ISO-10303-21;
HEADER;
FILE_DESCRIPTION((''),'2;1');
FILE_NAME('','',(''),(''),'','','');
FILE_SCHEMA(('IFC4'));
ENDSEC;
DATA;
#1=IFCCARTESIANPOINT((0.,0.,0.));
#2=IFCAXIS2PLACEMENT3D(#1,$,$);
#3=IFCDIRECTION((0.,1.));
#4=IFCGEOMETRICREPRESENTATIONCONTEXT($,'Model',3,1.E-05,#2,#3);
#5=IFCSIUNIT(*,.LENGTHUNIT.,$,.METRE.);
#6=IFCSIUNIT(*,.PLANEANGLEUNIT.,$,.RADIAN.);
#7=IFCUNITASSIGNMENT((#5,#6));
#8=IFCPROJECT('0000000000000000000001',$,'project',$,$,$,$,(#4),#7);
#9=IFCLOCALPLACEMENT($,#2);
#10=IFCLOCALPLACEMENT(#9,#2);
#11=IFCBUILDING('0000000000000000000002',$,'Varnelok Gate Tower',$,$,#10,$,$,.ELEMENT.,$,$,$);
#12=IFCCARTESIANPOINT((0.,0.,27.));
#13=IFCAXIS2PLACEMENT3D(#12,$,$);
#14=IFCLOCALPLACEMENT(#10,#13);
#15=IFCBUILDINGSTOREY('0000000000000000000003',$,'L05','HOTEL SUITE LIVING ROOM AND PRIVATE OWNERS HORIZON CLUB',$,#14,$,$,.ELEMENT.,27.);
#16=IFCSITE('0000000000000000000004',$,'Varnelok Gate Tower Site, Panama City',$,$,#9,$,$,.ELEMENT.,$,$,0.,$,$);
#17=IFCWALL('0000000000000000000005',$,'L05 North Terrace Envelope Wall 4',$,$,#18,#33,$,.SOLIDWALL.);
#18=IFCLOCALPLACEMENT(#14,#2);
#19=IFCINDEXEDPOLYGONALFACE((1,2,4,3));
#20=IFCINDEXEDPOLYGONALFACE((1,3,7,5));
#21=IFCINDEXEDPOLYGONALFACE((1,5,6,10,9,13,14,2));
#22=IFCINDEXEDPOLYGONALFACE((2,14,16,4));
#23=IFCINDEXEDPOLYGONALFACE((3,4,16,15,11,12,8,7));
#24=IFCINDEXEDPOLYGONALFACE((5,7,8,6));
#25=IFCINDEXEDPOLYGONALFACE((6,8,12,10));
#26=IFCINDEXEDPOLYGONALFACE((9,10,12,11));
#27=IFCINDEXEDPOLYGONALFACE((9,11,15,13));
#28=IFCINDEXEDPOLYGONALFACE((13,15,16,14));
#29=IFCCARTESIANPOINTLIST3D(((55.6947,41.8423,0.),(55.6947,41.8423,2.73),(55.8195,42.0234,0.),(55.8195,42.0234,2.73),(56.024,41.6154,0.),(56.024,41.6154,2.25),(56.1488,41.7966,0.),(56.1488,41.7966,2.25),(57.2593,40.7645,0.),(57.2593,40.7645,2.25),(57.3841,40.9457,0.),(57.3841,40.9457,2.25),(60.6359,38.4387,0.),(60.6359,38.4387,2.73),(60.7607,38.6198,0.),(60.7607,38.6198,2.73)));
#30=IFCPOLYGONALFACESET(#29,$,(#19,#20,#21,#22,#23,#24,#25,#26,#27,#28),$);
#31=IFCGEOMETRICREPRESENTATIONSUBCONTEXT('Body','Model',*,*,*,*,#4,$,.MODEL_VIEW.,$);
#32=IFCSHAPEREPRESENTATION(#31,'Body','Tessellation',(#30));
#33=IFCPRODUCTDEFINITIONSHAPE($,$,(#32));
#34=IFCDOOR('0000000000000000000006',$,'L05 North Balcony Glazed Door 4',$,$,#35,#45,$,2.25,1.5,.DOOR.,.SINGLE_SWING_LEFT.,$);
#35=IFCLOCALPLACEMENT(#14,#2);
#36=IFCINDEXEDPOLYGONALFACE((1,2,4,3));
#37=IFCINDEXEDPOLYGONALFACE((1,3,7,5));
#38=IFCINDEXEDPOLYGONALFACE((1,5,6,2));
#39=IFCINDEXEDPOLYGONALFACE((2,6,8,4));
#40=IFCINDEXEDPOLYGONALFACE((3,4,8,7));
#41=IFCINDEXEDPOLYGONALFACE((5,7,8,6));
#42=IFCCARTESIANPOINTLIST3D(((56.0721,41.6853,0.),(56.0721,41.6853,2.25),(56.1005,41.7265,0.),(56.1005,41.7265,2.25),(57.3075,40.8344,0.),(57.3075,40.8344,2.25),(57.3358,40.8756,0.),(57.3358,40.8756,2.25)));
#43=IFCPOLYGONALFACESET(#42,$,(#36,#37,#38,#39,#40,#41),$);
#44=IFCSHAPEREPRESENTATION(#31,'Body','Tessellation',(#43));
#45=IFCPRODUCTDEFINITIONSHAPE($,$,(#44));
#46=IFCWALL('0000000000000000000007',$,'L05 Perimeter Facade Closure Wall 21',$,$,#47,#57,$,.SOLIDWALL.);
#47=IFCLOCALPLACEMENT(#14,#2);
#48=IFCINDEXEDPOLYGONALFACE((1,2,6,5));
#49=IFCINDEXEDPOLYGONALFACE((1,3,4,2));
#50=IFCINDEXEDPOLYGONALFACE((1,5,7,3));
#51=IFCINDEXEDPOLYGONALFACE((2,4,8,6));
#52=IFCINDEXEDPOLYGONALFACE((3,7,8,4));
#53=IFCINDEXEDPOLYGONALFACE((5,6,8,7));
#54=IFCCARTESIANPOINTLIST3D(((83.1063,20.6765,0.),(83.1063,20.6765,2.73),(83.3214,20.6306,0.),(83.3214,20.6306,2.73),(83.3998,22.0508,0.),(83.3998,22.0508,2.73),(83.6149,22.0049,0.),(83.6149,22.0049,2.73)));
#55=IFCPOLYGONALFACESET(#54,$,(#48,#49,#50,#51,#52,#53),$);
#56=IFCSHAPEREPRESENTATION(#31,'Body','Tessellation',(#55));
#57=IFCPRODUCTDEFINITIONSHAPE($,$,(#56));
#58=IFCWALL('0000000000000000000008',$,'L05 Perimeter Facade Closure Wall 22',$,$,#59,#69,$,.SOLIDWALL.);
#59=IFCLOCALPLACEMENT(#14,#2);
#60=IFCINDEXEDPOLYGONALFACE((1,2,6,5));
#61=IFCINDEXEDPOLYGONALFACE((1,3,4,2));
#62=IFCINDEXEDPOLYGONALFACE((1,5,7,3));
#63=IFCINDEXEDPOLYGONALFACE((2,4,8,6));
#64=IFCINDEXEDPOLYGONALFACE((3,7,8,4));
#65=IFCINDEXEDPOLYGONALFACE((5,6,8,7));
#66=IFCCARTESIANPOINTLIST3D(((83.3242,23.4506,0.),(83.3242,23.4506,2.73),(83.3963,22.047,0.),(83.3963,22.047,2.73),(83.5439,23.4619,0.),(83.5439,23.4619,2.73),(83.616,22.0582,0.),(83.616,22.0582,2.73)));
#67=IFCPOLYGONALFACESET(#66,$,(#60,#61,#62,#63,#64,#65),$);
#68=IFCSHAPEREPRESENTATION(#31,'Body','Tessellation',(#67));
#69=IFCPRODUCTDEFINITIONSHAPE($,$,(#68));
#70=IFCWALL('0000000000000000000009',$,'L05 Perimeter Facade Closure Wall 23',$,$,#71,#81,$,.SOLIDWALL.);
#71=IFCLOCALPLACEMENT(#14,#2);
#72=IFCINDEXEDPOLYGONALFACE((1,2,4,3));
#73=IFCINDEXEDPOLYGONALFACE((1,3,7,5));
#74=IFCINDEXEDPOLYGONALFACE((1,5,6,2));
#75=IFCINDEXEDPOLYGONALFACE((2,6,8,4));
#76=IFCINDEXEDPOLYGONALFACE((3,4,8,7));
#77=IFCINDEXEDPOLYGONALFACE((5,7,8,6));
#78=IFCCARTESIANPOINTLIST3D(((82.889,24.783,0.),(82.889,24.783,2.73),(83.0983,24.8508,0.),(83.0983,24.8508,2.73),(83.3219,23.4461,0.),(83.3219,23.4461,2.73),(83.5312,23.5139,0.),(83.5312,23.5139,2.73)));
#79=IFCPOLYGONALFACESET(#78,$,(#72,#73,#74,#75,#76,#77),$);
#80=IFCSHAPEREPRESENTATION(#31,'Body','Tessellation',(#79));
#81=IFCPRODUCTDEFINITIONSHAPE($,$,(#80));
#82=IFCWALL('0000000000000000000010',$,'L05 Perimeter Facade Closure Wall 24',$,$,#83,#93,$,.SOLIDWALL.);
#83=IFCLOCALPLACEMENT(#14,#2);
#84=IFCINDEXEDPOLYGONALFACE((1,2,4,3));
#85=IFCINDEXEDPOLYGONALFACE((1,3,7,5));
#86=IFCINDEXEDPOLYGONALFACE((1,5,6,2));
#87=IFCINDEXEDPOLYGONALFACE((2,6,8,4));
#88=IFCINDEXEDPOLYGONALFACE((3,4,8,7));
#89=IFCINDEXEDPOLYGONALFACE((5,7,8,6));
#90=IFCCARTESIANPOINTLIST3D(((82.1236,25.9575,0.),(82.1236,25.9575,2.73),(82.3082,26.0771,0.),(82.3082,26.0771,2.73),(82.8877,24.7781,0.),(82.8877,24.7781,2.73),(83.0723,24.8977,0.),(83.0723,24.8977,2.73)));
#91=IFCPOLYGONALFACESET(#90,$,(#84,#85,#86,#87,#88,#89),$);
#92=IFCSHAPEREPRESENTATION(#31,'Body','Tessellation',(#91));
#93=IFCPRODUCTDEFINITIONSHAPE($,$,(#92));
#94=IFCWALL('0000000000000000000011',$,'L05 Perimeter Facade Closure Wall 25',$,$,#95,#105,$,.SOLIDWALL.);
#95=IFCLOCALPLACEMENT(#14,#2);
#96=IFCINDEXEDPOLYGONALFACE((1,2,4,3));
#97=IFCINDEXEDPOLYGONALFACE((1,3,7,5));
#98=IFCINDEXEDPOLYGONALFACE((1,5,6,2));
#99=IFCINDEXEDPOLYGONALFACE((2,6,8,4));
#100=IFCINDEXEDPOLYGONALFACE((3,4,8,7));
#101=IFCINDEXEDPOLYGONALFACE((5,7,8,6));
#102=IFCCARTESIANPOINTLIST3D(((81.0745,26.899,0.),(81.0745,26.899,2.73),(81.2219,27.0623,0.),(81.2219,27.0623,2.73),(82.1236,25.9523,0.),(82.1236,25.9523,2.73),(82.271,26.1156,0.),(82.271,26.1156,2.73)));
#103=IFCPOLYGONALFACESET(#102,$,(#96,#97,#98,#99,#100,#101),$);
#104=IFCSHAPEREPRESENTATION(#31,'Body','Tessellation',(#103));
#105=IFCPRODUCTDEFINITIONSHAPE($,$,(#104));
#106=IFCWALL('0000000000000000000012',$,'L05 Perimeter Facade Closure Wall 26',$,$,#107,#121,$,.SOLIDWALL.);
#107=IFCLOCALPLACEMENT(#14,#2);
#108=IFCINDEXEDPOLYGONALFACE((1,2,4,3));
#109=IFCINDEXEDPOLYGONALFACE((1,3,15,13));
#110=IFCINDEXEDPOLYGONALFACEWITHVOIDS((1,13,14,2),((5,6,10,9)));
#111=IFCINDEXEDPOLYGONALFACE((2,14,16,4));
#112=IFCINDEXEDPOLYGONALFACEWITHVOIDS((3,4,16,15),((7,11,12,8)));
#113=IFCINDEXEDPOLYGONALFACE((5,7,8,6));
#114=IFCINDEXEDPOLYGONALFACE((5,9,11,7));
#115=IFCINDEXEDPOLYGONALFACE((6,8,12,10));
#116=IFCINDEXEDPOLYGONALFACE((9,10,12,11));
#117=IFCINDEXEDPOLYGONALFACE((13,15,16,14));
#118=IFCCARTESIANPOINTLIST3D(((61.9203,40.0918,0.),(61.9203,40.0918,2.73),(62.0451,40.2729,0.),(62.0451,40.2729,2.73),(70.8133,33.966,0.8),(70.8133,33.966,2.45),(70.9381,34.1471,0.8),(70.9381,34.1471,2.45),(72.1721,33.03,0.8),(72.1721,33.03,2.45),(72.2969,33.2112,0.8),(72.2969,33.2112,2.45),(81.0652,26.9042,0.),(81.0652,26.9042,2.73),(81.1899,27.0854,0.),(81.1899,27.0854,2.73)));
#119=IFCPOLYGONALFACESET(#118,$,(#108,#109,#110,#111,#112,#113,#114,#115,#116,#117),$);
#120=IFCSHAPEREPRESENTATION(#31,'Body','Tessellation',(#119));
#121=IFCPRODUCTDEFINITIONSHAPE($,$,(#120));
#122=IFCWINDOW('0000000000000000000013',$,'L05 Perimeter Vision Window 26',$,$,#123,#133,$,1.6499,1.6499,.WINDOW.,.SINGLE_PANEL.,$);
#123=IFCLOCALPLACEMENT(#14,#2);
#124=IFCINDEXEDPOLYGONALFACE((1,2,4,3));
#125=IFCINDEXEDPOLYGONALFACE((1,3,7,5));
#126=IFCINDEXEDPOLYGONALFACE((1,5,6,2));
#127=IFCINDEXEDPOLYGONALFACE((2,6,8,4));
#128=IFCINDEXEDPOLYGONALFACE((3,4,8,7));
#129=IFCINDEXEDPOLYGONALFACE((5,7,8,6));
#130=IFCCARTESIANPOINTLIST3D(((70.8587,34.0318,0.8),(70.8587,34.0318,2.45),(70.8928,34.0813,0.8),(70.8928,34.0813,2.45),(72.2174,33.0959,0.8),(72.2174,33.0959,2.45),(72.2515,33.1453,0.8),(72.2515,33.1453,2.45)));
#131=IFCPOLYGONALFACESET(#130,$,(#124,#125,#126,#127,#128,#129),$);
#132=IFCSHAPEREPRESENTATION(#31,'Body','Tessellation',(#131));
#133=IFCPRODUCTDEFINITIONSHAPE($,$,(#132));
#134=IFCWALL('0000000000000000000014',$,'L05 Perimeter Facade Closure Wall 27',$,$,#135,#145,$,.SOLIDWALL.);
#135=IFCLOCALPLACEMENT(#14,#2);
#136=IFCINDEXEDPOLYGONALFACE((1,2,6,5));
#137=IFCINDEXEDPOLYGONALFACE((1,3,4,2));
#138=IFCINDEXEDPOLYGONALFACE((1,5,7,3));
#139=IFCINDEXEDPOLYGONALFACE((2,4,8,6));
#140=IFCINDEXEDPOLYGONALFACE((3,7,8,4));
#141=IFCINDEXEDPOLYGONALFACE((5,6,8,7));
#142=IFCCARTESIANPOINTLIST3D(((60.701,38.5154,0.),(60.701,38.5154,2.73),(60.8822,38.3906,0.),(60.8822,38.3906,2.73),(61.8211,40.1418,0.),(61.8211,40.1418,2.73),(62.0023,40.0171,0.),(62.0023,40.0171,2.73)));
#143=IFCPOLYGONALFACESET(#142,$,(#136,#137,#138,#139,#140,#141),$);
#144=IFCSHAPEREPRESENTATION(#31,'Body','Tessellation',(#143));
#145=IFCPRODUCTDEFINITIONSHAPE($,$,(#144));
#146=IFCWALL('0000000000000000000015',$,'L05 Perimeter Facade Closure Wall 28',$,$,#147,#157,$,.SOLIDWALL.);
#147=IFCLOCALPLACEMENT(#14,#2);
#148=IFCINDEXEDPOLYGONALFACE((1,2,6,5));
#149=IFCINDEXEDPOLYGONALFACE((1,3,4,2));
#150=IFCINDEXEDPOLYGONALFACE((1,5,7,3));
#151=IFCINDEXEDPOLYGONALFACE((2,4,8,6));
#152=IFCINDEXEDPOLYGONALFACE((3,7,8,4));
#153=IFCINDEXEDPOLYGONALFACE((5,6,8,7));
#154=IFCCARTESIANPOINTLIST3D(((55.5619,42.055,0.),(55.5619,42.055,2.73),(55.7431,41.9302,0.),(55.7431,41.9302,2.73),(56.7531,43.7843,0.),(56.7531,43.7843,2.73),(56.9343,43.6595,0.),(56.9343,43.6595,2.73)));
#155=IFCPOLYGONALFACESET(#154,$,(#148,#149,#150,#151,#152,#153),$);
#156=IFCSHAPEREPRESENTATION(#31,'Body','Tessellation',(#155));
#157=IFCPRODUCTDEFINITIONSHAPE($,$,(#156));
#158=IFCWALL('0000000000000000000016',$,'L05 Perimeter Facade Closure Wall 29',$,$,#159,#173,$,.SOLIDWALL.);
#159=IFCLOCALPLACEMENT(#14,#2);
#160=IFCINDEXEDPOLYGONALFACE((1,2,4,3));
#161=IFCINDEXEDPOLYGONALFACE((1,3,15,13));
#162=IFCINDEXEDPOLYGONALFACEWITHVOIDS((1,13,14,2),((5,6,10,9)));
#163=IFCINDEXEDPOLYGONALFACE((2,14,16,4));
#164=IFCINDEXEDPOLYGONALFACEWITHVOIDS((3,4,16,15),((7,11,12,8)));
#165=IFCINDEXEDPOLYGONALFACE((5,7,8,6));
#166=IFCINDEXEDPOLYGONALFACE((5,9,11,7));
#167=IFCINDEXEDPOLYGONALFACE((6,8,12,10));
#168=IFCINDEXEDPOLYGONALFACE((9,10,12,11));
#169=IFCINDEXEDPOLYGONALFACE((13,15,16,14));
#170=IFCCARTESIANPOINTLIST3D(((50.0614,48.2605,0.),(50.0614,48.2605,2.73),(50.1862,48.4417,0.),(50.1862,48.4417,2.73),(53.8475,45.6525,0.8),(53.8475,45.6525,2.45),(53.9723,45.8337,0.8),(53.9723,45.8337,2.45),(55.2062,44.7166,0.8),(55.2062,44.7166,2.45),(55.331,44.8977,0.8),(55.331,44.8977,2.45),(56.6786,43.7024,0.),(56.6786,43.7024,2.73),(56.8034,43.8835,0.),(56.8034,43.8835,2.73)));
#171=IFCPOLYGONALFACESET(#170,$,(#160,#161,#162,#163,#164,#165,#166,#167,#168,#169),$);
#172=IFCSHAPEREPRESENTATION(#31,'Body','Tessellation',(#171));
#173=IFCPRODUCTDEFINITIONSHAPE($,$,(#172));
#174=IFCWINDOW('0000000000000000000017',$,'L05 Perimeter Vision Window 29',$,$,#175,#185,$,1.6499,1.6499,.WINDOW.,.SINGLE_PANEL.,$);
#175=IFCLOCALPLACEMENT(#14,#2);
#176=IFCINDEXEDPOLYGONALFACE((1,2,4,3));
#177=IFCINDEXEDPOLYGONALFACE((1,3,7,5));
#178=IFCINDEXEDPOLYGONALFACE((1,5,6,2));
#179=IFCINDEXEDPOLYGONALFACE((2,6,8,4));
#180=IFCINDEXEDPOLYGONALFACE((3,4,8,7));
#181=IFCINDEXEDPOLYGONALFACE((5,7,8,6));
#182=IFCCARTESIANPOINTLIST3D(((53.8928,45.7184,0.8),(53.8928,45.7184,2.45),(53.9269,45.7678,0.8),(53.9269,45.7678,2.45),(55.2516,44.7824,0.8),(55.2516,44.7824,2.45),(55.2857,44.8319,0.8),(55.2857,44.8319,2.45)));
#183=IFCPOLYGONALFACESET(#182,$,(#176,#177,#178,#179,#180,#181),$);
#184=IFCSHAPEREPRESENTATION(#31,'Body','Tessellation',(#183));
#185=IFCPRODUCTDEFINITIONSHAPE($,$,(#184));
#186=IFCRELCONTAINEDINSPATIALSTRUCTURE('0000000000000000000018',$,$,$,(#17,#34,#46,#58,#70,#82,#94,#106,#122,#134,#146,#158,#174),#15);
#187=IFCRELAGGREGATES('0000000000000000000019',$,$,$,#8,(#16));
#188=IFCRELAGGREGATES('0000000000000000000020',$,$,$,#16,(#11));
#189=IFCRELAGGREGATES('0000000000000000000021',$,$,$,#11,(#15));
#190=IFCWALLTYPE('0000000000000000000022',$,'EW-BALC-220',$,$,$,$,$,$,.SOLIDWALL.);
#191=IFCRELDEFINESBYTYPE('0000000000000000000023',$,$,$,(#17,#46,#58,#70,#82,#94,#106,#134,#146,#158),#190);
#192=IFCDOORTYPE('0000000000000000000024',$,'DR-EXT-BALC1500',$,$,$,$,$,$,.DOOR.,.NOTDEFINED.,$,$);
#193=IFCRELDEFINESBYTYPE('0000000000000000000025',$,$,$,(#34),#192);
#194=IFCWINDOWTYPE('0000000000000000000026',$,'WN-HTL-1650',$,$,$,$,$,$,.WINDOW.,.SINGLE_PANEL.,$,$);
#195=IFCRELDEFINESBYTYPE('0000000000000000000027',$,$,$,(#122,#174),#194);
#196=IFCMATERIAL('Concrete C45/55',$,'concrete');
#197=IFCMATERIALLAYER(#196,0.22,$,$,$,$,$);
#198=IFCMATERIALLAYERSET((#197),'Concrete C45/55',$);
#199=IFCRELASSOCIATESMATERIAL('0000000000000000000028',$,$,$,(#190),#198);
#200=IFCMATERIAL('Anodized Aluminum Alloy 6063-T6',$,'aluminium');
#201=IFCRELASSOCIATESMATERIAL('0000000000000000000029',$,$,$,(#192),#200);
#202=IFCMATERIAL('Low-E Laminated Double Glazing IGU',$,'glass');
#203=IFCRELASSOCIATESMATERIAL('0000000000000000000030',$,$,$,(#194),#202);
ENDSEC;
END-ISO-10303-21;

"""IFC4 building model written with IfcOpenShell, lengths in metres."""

from ifc_helpers import new_model, si_unit, direction, frame, frame_2d, origin, place, context, subcontext, project, spatial, rectangle, extrude, material, layer, layer_set, type_object, element, fill, save


model = new_model("IFC4")

# Units and contexts
model_context = context("Model", 3, precision=1e-05, world=origin(), true_north=direction((0.0, 1.0)))
body_context = subcontext(model_context, "Body", "Model", "MODEL_VIEW")
ifc_project = project(units=[si_unit("LENGTHUNIT", "METRE"), si_unit("PLANEANGLEUNIT", "RADIAN")], contexts=[model_context])

# Site, building, storey
site_placement = place(None, origin())
site = spatial("IfcSite", under=ifc_project, at=site_placement, Name="Varnelok Gate Tower Site, Panama City", CompositionType="ELEMENT", RefElevation=0.0)
building_placement = place(site_placement, origin())
building = spatial("IfcBuilding", under=site, at=building_placement, Name="Varnelok Gate Tower", CompositionType="ELEMENT")
storey_placement = place(building_placement, frame((0.0, 0.0, 27.0)))
storey = spatial("IfcBuildingStorey", under=building, at=storey_placement, Name="L05", Description="HOTEL SUITE LIVING ROOM AND PRIVATE OWNERS HORIZON CLUB", CompositionType="ELEMENT", Elevation=27.0)

# Wall, opening, door
ifc_material_1 = material(Name="Concrete C45/55", Category="concrete")
ifc_layer = layer(ifc_material_1, 0.22)
ifc_layer_set = layer_set([ifc_layer], Name="Concrete C45/55")
wall_type = type_object("IfcWallType", Name="EW-BALC-220", PredefinedType="SOLIDWALL", material=ifc_layer_set)
wall_1_placement = place(storey_placement, frame((55.7571, 41.9329, 0.0), z_axis=(0.0, 0.0, 1.0), x_axis=(0.823535, -0.567266, 0.0)))
wall_1 = element("IfcWall", 1, at=wall_1_placement, inside=storey, type_object=wall_type, Name="L05 North Terrace Envelope Wall 4", PredefinedType="SOLIDWALL", context=body_context, shape_type="SweptSolid", body=[
    extrude(rectangle(XDim=6.0, YDim=0.22, at=frame_2d((3.0, 0.0))), origin(), (0.0, 0.0, 1.0), 2.73),
])
opening_1_placement = place(wall_1_placement, frame((0.3999, 0.0, 0.0)))
opening_1 = element("IfcOpeningElement", 2, at=opening_1_placement, cuts=wall_1, PredefinedType="OPENING", context=body_context, shape_type="SweptSolid", body=[
    extrude(rectangle(XDim=1.5, YDim=2.25, at=frame_2d((0.75, 1.125))), frame((0.0, 0.1199, 0.0), z_axis=(0.0, -1.0, 0.0), x_axis=(1.0, 0.0, 0.0)), (0.0, 0.0, 1.0), 0.24),
])
ifc_material_2 = material(Name="Anodized Aluminum Alloy 6063-T6", Category="aluminium")
door_type = type_object("IfcDoorType", Name="DR-EXT-BALC1500", OperationType="NOTDEFINED", PredefinedType="DOOR", material=ifc_material_2)
door_placement = place(opening_1_placement, origin())
door = element("IfcDoor", 3, at=door_placement, inside=storey, type_object=door_type, Name="L05 North Balcony Glazed Door 4", OperationType="SINGLE_SWING_LEFT", OverallHeight=2.25, OverallWidth=1.5, PredefinedType="DOOR", context=body_context, shape_type="SweptSolid", body=[
    extrude(rectangle(XDim=1.5, YDim=2.25, at=frame_2d((0.75, 1.125))), frame((0.0, 0.0249, 0.0), z_axis=(0.0, -1.0, 0.0), x_axis=(1.0, 0.0, 0.0)), (0.0, 0.0, 1.0), 0.05),
])
fill(opening_1, door)

# Walls
wall_2_placement = place(storey_placement, frame((83.2139, 20.6536, 0.0), z_axis=(0.0, 0.0, 1.0), x_axis=(0.208829, 0.977952, 0.0)))
element("IfcWall", 4, at=wall_2_placement, inside=storey, type_object=wall_type, Name="L05 Perimeter Facade Closure Wall 21", PredefinedType="SOLIDWALL", context=body_context, shape_type="SweptSolid", body=[
    extrude(rectangle(XDim=1.4053, YDim=0.22, at=frame_2d((0.7026, 0.0))), origin(), (0.0, 0.0, 1.0), 2.73),
])
wall_3_placement = place(storey_placement, frame((83.5061, 22.0527, 0.0), z_axis=(0.0, 0.0, 1.0), x_axis=(-0.051246, 0.998686, 0.0)))
element("IfcWall", 5, at=wall_3_placement, inside=storey, type_object=wall_type, Name="L05 Perimeter Facade Closure Wall 22", PredefinedType="SOLIDWALL", context=body_context, shape_type="SweptSolid", body=[
    extrude(rectangle(XDim=1.4055, YDim=0.22, at=frame_2d((0.7026, 0.0))), origin(), (0.0, 0.0, 1.0), 2.73),
])
for number, where, z_axis, x_axis, name in (
    (6, (83.4265, 23.48, 0.0), (0.0, 0.0, 1.0), (-0.308033, 0.951376, 0.0), "L05 Perimeter Facade Closure Wall 23"),
    (7, (82.98, 24.8379, 0.0), (0.0, 0.0, 1.0), (-0.543748, 0.839248, 0.0), "L05 Perimeter Facade Closure Wall 24"),
):
    element("IfcWall", number, at=place(storey_placement, frame(where, z_axis=z_axis, x_axis=x_axis)), inside=storey, type_object=wall_type, Name=name, PredefinedType="SOLIDWALL", context=body_context, shape_type="SweptSolid", body=[
        extrude(rectangle(XDim=1.4053, YDim=0.22, at=frame_2d((0.7026, 0.0))), origin(), (0.0, 0.0, 1.0), 2.73),
    ])
wall_4_placement = place(storey_placement, frame((82.1973, 26.0339, 0.0), z_axis=(0.0, 0.0, 1.0), x_axis=(-0.742374, 0.669985, 0.0)))
element("IfcWall", 8, at=wall_4_placement, inside=storey, type_object=wall_type, Name="L05 Perimeter Facade Closure Wall 25", PredefinedType="SOLIDWALL", context=body_context, shape_type="SweptSolid", body=[
    extrude(rectangle(XDim=1.4131, YDim=0.22, at=frame_2d((0.7065, 0.0))), origin(), (0.0, 0.0, 1.0), 2.73),
])

# Wall, opening, window
wall_5_placement = place(storey_placement, frame((81.1274, 26.9949, 0.0), z_axis=(0.0, 0.0, 1.0), x_axis=(-0.82353, 0.567272, 0.0)))
wall_5 = element("IfcWall", 9, at=wall_5_placement, inside=storey, type_object=wall_type, Name="L05 Perimeter Facade Closure Wall 26", PredefinedType="SOLIDWALL", context=body_context, shape_type="SweptSolid", body=[
    extrude(rectangle(XDim=23.2473, YDim=0.22, at=frame_2d((11.6235, 0.0))), origin(), (0.0, 0.0, 1.0), 2.73),
])
opening_2_placement = place(wall_5_placement, frame((10.7986, 0.0, 0.8)))
opening_2 = element("IfcOpeningElement", 10, at=opening_2_placement, cuts=wall_5, PredefinedType="OPENING", context=body_context, shape_type="SweptSolid", body=[
    extrude(rectangle(XDim=1.6499, YDim=1.6499, at=frame_2d((0.825, 0.825))), frame((0.0, 0.1199, 0.0), z_axis=(0.0, -1.0, 0.0), x_axis=(1.0, 0.0, 0.0)), (0.0, 0.0, 1.0), 0.24),
])
ifc_material_3 = material(Name="Low-E Laminated Double Glazing IGU", Category="glass")
window_type = type_object("IfcWindowType", Name="WN-HTL-1650", PartitioningType="SINGLE_PANEL", PredefinedType="WINDOW", material=ifc_material_3)
window_1_placement = place(opening_2_placement, origin())
window_1 = element("IfcWindow", 11, at=window_1_placement, inside=storey, type_object=window_type, Name="L05 Perimeter Vision Window 26", OverallHeight=1.6499, OverallWidth=1.6499, PartitioningType="SINGLE_PANEL", PredefinedType="WINDOW", context=body_context, shape_type="SweptSolid", body=[
    extrude(rectangle(XDim=1.6499, YDim=1.6499, at=frame_2d((0.825, 0.825))), frame((0.0, 0.03, 0.0), z_axis=(0.0, -1.0, 0.0), x_axis=(1.0, 0.0, 0.0)), (0.0, 0.0, 1.0), 0.0601),
])
fill(opening_2, window_1)

# Walls
wall_6_placement = place(storey_placement, frame((61.9116, 40.0793, 0.0), z_axis=(0.0, 0.0, 1.0), x_axis=(-0.56719, -0.823587, 0.0)))
element("IfcWall", 12, at=wall_6_placement, inside=storey, type_object=wall_type, Name="L05 Perimeter Facade Closure Wall 27", PredefinedType="SOLIDWALL", context=body_context, shape_type="SweptSolid", body=[
    extrude(rectangle(XDim=1.9749, YDim=0.22, at=frame_2d((0.9873, 0.0))), origin(), (0.0, 0.0, 1.0), 2.73),
])
wall_7_placement = place(storey_placement, frame((55.6526, 41.9927, 0.0), z_axis=(0.0, 0.0, 1.0), x_axis=(0.567274, 0.823529, 0.0)))
element("IfcWall", 13, at=wall_7_placement, inside=storey, type_object=wall_type, Name="L05 Perimeter Facade Closure Wall 28", PredefinedType="SOLIDWALL", context=body_context, shape_type="SweptSolid", body=[
    extrude(rectangle(XDim=2.0999, YDim=0.22, at=frame_2d((1.0498, 0.0))), origin(), (0.0, 0.0, 1.0), 2.73),
])

# Wall, opening, window
wall_8_placement = place(storey_placement, frame((56.741, 43.793, 0.0), z_axis=(0.0, 0.0, 1.0), x_axis=(-0.823531, 0.567271, 0.0)))
wall_8 = element("IfcWall", 14, at=wall_8_placement, inside=storey, type_object=wall_type, Name="L05 Perimeter Facade Closure Wall 29", PredefinedType="SOLIDWALL", context=body_context, shape_type="SweptSolid", body=[
    extrude(rectangle(XDim=8.0352, YDim=0.22, at=frame_2d((4.0176, 0.0))), origin(), (0.0, 0.0, 1.0), 2.73),
])
opening_3_placement = place(wall_8_placement, frame((1.7878, 0.0, 0.8)))
opening_3 = element("IfcOpeningElement", 15, at=opening_3_placement, cuts=wall_8, PredefinedType="OPENING", context=body_context, shape_type="SweptSolid", body=[
    extrude(rectangle(XDim=1.6499, YDim=1.6499, at=frame_2d((0.825, 0.825))), frame((0.0, 0.1199, 0.0), z_axis=(0.0, -1.0, 0.0), x_axis=(1.0, 0.0, 0.0)), (0.0, 0.0, 1.0), 0.24),
])
window_2_placement = place(opening_3_placement, origin())
window_2 = element("IfcWindow", 16, at=window_2_placement, inside=storey, type_object=window_type, Name="L05 Perimeter Vision Window 29", OverallHeight=1.6499, OverallWidth=1.6499, PartitioningType="SINGLE_PANEL", PredefinedType="WINDOW", context=body_context, shape_type="SweptSolid", body=[
    extrude(rectangle(XDim=1.6499, YDim=1.6499, at=frame_2d((0.825, 0.825))), frame((0.0, 0.03, 0.0), z_axis=(0.0, -1.0, 0.0), x_axis=(1.0, 0.0, 0.0)), (0.0, 0.0, 1.0), 0.0601),
])
fill(opening_3, window_2)

save(model, "model.ifc")
